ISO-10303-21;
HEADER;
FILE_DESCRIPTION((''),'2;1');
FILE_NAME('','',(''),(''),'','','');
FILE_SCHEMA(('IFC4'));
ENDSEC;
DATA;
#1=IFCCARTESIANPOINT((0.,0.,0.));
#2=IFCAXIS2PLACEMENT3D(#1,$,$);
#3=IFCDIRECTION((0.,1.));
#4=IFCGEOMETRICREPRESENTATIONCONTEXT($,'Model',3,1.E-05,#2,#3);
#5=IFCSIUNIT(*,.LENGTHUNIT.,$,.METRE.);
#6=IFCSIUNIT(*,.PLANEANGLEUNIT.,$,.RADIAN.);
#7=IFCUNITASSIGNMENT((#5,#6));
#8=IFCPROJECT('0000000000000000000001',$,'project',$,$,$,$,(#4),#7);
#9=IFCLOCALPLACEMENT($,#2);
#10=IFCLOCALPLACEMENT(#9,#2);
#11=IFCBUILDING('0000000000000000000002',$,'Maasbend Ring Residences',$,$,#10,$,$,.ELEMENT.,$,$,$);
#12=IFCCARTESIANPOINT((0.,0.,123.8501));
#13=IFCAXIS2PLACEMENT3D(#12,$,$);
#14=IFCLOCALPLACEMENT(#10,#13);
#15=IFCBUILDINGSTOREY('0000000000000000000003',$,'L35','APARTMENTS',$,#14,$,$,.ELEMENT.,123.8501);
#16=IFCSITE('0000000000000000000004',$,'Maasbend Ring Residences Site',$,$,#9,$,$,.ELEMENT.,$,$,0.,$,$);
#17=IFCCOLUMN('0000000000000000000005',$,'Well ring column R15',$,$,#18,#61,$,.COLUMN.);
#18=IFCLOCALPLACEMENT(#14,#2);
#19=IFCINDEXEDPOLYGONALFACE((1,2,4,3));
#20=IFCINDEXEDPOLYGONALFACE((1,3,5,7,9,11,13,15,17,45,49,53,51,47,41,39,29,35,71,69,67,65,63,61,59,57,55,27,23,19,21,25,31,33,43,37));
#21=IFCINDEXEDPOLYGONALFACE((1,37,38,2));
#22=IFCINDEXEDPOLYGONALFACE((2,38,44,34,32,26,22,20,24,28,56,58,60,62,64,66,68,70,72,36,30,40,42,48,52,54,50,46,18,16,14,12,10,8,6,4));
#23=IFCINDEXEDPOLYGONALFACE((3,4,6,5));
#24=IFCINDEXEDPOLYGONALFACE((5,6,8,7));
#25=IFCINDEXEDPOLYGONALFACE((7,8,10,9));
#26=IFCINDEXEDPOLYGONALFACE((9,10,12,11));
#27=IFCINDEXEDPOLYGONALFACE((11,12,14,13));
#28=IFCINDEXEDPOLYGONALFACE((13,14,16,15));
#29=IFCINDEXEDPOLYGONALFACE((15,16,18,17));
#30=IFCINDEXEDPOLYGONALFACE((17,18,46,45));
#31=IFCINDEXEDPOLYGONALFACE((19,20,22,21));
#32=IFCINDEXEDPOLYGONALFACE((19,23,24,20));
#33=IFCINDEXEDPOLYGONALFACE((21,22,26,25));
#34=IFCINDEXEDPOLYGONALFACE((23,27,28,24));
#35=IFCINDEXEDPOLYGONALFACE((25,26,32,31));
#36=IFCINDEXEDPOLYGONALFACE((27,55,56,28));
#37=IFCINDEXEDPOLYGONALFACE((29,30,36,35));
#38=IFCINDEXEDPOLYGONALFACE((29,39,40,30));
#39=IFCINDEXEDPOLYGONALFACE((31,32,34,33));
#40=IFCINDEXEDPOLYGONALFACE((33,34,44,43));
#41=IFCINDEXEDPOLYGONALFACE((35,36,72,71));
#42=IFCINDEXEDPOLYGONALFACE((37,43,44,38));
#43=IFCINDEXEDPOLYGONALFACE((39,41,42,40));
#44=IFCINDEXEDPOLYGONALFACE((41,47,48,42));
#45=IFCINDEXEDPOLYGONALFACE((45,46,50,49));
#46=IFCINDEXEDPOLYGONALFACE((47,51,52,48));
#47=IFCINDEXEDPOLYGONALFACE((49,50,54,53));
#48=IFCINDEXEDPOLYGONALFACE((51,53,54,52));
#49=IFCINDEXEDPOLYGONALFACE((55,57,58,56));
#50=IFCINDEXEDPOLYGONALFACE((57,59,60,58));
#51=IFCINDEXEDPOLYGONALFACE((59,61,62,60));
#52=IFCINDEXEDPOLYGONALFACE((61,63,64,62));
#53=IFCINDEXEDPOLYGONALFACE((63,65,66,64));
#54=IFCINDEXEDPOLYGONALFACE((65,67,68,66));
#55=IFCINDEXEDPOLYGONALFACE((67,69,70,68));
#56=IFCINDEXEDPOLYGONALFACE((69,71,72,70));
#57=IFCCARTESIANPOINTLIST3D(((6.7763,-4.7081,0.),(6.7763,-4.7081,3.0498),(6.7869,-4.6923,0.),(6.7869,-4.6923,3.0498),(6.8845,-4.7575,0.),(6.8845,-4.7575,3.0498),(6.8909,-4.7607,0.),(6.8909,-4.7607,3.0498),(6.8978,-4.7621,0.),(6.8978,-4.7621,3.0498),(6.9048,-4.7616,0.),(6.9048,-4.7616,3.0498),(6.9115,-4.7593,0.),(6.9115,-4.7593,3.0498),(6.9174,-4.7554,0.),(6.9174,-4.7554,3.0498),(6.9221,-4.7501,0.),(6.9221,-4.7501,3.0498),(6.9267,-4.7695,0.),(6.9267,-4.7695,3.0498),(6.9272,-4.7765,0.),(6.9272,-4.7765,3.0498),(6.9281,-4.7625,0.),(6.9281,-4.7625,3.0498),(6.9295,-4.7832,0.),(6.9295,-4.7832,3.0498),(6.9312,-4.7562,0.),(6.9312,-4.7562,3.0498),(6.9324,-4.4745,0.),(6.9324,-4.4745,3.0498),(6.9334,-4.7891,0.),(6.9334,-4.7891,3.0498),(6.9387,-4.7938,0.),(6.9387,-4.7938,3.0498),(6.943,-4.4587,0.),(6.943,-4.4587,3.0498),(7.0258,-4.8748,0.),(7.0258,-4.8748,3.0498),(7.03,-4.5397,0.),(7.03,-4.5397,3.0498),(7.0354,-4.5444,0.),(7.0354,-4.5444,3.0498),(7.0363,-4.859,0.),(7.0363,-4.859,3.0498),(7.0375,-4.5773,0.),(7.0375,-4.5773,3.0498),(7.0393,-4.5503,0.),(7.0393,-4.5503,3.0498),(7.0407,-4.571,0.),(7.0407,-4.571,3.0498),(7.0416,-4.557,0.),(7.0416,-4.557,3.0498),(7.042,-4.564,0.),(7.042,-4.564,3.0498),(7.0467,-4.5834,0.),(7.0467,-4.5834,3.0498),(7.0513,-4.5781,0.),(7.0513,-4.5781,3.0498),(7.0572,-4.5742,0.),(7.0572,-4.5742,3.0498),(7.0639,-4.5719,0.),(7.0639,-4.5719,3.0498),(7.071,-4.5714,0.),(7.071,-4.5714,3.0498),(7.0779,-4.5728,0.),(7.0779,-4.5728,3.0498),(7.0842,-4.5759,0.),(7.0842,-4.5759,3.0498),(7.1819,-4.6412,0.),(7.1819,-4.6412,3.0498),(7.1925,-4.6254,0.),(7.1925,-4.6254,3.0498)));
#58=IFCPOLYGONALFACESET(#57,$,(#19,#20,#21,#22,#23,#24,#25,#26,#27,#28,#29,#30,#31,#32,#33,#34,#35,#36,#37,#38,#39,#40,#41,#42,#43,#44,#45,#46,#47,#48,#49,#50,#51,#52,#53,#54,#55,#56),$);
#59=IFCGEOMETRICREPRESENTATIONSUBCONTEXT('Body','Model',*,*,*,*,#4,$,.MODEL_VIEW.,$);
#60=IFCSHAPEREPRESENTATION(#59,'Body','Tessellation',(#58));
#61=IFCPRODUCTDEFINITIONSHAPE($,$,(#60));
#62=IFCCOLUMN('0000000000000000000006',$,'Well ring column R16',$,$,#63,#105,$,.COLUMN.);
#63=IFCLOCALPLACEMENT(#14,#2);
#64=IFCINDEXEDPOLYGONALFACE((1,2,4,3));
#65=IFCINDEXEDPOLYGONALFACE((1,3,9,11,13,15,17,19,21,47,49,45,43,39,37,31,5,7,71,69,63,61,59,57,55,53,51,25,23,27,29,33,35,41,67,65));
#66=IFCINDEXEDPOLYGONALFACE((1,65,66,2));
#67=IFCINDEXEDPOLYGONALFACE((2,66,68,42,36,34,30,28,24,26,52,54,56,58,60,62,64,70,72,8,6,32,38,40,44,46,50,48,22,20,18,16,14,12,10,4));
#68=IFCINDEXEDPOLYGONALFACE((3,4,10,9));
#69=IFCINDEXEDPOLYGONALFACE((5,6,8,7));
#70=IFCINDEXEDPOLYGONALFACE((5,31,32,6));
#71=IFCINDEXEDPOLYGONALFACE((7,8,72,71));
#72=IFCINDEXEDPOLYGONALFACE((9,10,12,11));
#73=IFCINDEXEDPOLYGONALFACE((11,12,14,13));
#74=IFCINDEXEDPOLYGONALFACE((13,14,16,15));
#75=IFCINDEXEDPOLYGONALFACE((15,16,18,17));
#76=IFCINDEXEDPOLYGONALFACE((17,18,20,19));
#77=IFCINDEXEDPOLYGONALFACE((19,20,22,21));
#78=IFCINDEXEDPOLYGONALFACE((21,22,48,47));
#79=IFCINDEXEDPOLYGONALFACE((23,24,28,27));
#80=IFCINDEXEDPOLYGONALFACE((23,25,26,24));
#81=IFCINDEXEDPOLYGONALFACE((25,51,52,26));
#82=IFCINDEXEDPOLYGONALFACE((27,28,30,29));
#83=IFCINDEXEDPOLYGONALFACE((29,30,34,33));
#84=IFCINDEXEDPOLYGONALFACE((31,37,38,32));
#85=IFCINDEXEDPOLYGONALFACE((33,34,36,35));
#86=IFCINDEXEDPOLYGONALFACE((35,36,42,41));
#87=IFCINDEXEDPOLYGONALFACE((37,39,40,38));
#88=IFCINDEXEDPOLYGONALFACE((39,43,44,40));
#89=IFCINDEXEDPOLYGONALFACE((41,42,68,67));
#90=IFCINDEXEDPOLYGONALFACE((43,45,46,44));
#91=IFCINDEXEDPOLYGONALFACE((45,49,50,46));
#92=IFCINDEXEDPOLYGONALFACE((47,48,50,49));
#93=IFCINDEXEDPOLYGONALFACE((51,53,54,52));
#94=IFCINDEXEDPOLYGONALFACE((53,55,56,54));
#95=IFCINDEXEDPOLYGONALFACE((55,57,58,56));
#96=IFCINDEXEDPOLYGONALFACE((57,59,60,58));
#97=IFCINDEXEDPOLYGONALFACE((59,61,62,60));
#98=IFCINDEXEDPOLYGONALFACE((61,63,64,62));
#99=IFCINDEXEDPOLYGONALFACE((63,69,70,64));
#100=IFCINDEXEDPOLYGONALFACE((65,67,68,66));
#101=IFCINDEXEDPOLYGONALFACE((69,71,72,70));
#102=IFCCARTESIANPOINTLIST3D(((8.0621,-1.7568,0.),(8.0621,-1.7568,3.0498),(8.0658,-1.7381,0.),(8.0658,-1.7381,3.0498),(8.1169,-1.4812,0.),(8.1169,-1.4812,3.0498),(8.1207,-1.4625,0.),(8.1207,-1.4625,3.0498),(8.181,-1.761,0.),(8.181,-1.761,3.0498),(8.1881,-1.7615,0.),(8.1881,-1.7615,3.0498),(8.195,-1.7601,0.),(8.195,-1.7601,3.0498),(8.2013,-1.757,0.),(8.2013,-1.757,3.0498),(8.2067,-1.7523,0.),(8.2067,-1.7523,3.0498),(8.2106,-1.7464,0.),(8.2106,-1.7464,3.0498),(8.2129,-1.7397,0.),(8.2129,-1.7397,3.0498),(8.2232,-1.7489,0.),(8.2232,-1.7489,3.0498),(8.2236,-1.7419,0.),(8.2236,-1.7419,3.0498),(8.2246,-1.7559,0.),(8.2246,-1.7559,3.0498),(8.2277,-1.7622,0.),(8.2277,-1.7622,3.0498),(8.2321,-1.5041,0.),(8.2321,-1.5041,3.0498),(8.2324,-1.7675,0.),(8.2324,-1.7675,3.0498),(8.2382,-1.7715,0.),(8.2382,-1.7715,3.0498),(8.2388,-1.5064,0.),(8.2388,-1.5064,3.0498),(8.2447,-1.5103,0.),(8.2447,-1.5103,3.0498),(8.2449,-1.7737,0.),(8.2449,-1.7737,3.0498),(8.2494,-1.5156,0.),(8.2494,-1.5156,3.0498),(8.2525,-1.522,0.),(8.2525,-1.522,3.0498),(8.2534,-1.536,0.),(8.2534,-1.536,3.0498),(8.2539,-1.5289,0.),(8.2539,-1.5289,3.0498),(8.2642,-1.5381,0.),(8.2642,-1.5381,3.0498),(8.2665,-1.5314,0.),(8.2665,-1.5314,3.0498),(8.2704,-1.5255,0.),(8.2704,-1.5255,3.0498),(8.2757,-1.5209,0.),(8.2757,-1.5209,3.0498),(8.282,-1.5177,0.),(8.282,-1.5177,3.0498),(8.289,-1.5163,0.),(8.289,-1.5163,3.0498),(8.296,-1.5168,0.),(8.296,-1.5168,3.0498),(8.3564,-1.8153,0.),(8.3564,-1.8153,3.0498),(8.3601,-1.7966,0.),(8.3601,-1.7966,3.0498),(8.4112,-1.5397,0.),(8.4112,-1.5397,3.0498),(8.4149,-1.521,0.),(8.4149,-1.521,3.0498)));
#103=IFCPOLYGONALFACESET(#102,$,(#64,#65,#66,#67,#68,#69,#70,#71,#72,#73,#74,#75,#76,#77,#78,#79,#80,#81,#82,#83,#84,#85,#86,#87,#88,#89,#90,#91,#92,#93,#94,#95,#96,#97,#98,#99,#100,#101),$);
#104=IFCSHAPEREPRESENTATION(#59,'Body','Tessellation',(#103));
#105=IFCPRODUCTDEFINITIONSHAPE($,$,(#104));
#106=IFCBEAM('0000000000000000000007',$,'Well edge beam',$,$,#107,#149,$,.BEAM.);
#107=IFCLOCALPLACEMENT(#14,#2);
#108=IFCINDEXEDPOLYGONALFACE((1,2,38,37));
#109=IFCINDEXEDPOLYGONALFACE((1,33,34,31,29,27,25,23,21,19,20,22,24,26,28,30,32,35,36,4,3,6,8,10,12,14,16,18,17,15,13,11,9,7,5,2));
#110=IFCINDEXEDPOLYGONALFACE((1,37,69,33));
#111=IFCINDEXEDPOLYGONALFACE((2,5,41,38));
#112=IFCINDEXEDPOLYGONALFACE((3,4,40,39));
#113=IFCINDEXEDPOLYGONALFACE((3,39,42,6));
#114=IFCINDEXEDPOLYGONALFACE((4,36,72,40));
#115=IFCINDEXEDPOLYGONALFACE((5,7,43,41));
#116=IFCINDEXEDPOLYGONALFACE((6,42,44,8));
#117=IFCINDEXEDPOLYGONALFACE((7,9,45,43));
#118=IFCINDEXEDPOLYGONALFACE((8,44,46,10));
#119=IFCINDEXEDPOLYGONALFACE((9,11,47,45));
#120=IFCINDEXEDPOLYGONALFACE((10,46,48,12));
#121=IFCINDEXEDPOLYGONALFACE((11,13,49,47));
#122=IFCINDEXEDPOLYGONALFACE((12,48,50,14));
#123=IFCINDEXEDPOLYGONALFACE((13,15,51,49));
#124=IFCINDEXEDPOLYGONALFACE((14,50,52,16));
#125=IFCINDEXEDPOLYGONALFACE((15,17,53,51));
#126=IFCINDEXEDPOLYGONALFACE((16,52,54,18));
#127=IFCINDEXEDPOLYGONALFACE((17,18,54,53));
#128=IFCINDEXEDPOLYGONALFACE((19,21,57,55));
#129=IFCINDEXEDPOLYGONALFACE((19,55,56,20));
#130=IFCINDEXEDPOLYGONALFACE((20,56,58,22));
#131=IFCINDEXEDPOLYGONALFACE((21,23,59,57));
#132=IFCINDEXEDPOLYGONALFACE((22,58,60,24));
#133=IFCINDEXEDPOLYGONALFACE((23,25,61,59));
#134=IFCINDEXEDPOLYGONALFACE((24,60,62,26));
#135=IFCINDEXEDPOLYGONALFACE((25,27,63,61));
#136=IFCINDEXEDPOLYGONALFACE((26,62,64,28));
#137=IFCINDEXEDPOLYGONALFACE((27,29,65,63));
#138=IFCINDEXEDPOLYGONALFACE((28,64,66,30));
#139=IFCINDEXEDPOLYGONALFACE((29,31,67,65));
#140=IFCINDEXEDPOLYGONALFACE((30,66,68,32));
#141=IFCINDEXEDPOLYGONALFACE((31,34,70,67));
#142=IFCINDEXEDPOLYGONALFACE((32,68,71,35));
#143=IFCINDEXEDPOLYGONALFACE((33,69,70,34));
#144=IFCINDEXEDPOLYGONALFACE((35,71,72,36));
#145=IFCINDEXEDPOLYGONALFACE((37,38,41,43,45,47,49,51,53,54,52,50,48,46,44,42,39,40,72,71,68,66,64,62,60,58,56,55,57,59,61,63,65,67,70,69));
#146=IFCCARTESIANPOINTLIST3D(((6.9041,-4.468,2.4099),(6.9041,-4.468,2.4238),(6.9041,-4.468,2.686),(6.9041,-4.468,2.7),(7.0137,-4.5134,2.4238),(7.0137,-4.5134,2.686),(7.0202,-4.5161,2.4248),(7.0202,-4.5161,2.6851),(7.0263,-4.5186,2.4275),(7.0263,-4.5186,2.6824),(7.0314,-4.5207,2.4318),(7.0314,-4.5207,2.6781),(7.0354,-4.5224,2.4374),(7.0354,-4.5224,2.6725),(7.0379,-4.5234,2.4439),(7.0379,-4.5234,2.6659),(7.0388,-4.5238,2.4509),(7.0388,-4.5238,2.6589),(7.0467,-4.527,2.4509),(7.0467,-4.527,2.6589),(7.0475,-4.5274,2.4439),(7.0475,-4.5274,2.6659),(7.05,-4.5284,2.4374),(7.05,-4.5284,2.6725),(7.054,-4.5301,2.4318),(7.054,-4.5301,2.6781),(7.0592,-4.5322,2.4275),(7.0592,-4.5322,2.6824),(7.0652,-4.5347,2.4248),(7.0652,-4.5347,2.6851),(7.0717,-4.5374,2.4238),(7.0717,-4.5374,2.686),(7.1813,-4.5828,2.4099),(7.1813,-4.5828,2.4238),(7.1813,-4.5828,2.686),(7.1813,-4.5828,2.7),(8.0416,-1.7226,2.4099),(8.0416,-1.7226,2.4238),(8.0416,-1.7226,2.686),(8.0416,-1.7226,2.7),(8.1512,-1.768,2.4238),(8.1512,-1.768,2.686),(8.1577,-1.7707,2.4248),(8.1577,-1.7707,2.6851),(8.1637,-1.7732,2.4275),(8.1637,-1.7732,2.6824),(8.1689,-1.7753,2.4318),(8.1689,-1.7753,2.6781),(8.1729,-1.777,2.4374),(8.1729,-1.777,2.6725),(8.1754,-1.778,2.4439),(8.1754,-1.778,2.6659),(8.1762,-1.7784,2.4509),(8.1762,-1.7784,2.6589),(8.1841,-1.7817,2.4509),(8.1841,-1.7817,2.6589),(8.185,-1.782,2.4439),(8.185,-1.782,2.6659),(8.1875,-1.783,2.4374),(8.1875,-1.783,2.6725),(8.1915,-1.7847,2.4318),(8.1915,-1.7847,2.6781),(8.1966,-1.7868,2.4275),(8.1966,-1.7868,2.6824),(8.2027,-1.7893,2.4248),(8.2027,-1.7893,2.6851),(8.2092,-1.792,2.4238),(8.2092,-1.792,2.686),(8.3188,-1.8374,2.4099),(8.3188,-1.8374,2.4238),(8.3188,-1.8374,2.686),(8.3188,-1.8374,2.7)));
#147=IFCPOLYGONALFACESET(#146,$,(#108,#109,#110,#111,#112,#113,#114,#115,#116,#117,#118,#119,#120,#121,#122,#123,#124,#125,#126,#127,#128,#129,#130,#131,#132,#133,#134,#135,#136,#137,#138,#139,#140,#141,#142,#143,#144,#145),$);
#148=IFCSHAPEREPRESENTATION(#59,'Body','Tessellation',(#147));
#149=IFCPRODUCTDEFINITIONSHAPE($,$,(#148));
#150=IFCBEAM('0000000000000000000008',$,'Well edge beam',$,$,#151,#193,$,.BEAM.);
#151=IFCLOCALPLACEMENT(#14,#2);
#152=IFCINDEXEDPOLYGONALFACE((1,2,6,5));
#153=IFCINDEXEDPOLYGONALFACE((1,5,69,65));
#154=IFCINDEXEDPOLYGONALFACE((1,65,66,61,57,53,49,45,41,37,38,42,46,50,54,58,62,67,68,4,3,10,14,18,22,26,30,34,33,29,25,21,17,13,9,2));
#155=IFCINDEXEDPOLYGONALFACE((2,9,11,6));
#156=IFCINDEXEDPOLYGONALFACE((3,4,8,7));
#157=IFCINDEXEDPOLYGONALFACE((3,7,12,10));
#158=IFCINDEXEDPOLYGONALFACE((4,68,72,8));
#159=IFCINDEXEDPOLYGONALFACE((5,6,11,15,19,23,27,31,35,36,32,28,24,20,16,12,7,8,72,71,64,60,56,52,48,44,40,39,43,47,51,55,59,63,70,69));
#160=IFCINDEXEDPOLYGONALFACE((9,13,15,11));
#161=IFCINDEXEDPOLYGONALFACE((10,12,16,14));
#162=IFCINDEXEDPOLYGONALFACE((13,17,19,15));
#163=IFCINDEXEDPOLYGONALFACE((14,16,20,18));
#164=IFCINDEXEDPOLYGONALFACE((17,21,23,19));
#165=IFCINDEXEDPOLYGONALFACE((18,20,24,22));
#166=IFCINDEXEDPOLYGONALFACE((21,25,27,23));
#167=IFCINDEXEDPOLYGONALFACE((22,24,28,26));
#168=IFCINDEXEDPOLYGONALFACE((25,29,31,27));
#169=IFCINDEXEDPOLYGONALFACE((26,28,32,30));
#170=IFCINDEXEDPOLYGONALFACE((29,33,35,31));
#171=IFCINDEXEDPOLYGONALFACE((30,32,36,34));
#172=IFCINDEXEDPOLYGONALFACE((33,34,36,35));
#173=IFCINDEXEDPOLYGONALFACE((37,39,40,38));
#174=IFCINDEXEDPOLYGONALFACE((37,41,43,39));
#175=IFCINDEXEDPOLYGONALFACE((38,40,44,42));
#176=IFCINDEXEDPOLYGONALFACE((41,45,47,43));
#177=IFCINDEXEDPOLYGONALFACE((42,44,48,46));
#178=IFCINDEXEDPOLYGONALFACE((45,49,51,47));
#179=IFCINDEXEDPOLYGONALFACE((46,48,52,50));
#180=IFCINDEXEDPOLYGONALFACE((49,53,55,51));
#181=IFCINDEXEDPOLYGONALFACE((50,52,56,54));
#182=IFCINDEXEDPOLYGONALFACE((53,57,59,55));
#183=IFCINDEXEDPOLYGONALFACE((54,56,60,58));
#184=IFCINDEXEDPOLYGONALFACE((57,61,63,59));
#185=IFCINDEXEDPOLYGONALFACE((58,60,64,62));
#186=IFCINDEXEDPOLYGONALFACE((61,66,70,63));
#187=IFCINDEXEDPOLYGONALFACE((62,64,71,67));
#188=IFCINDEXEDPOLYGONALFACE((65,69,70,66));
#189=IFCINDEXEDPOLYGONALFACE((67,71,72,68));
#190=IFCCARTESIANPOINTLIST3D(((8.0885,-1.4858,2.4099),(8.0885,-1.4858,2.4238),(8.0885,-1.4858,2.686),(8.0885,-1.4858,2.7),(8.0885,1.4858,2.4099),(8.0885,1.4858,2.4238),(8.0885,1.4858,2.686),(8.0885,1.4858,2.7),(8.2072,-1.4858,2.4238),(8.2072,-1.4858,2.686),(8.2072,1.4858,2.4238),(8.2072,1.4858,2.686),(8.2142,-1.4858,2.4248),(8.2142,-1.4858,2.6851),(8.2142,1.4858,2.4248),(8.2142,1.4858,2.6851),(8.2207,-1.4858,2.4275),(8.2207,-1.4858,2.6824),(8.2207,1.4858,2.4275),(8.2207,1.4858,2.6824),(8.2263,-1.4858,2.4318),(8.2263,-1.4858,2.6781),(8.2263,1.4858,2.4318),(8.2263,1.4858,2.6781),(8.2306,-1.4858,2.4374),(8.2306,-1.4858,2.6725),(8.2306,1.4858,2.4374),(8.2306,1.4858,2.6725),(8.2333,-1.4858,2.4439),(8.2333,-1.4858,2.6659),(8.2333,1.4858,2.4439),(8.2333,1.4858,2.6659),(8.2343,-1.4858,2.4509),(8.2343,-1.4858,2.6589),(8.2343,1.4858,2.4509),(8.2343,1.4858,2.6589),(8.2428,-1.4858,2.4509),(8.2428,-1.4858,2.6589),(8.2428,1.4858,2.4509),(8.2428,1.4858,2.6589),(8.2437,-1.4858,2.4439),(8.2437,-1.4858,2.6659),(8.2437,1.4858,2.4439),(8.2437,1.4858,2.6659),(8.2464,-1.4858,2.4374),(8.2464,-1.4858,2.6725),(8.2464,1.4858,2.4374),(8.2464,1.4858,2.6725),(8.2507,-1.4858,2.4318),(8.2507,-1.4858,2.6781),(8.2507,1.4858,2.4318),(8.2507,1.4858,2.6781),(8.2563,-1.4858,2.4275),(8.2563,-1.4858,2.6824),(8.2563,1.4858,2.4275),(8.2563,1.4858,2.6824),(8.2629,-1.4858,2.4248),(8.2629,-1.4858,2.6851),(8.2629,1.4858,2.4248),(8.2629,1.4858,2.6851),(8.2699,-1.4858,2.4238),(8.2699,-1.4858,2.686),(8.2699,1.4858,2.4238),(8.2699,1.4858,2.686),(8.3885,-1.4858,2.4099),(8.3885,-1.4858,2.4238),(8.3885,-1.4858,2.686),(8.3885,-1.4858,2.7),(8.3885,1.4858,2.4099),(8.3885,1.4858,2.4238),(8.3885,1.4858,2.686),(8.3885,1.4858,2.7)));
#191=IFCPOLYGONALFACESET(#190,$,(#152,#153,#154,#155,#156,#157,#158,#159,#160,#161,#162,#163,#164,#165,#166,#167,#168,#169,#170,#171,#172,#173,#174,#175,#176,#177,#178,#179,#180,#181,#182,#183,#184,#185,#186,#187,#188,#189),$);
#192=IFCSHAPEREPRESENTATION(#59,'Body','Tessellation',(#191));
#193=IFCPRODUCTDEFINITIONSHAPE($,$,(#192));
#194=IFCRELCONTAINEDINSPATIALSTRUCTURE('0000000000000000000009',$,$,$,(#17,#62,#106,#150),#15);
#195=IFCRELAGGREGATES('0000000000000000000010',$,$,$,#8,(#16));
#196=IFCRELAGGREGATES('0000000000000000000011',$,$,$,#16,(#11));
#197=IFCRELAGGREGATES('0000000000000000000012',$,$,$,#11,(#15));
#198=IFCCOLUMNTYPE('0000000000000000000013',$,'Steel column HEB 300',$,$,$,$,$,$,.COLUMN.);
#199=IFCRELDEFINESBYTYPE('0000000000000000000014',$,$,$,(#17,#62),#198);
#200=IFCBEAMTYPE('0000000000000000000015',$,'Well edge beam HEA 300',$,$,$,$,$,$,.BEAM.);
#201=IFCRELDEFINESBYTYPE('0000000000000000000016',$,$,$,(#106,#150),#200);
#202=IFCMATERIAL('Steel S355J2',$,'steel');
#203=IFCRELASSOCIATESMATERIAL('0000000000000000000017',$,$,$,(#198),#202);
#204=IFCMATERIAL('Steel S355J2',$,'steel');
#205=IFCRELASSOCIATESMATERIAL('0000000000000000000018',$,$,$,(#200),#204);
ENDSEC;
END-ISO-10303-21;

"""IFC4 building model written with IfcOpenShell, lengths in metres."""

from ifc_helpers import new_model, si_unit, direction, frame, origin, origin_2d, place, context, subcontext, project, spatial, i_section, extrude, material, material_profile, profile_set, type_object, element, save


model = new_model("IFC4")

# Units and contexts
model_context = context("Model", 3, precision=1e-05, world=origin(), true_north=direction((0.0, 1.0)))
body_context = subcontext(model_context, "Body", "Model", "MODEL_VIEW")
ifc_project = project(units=[si_unit("LENGTHUNIT", "METRE"), si_unit("PLANEANGLEUNIT", "RADIAN")], contexts=[model_context])

# Site, building, storey
site_placement = place(None, origin())
site = spatial("IfcSite", under=ifc_project, at=site_placement, Name="Maasbend Ring Residences Site", CompositionType="ELEMENT", RefElevation=0.0)
building_placement = place(site_placement, origin())
building = spatial("IfcBuilding", under=site, at=building_placement, Name="Maasbend Ring Residences", CompositionType="ELEMENT")
storey_placement = place(building_placement, frame((0.0, 0.0, 123.8501)))
storey = spatial("IfcBuildingStorey", under=building, at=storey_placement, Name="L35", Description="APARTMENTS", CompositionType="ELEMENT", Elevation=123.8501)

# Columns
ifc_material_1 = material(Name="Steel S355J2", Category="steel")
ifc_material_profile_1 = material_profile(ifc_material_1, i_section(OverallWidth=0.3, OverallDepth=0.3, WebThickness=0.011, FlangeThickness=0.019, FilletRadius=0.0271, at=origin_2d()), Name="HEB 300")
ifc_profile_set_1 = profile_set([ifc_material_profile_1], Name="Steel S355J2")
column_type = type_object("IfcColumnType", Name="Steel column HEB 300", PredefinedType="COLUMN", material=ifc_profile_set_1)
for number, where, z_axis, x_axis, name in (
    (1, (6.9844, -4.6667, 0.0), (0.0, 0.0, 1.0), (0.83147, -0.55557, 0.0), "Well ring column R15"),
    (2, (8.2385, -1.6389, 0.0), (0.0, 0.0, 1.0), (0.980785, -0.19509, 0.0), "Well ring column R16"),
):
    element("IfcColumn", number, at=place(storey_placement, frame(where, z_axis=z_axis, x_axis=x_axis)), inside=storey, type_object=column_type, Name=name, PredefinedType="COLUMN", context=body_context, shape_type="SweptSolid", body=[
        extrude(i_section(OverallWidth=0.3, OverallDepth=0.3, WebThickness=0.011, FlangeThickness=0.019, FilletRadius=0.0271, at=origin_2d()), origin(), (0.0, 0.0, 1.0), 3.0498),
    ])

# Beams
ifc_material_2 = material(Name="Steel S355J2", Category="steel")
ifc_material_profile_2 = material_profile(ifc_material_2, i_section(OverallWidth=0.3, OverallDepth=0.29, WebThickness=0.0085, FlangeThickness=0.0139, FilletRadius=0.0271, at=origin_2d()), Name="HEA 300")
ifc_profile_set_2 = profile_set([ifc_material_profile_2], Name="Steel S355J2")
beam_type = type_object("IfcBeamType", Name="Well edge beam HEA 300", PredefinedType="BEAM", material=ifc_profile_set_2)
for number, where, z_axis, x_axis, name in (
    (3, (7.0427, -4.5254, 2.5549), (0.382765, 0.923846, 0.0), (-0.923846, 0.382765, 0.0), "Well edge beam"),
    (4, (8.2385, -1.4858, 2.5549), (0.0, 1.0, 0.0), (-1.0, 0.0, 0.0), "Well edge beam"),
):
    element("IfcBeam", number, at=place(storey_placement, frame(where, z_axis=z_axis, x_axis=x_axis)), inside=storey, type_object=beam_type, Name=name, PredefinedType="BEAM", context=body_context, shape_type="SweptSolid", body=[
        extrude(i_section(OverallWidth=0.3, OverallDepth=0.29, WebThickness=0.0085, FlangeThickness=0.0139, FilletRadius=0.0271, at=origin_2d()), origin(), (0.0, 0.0, 1.0), 2.9717),
    ])

save(model, "model.ifc")
